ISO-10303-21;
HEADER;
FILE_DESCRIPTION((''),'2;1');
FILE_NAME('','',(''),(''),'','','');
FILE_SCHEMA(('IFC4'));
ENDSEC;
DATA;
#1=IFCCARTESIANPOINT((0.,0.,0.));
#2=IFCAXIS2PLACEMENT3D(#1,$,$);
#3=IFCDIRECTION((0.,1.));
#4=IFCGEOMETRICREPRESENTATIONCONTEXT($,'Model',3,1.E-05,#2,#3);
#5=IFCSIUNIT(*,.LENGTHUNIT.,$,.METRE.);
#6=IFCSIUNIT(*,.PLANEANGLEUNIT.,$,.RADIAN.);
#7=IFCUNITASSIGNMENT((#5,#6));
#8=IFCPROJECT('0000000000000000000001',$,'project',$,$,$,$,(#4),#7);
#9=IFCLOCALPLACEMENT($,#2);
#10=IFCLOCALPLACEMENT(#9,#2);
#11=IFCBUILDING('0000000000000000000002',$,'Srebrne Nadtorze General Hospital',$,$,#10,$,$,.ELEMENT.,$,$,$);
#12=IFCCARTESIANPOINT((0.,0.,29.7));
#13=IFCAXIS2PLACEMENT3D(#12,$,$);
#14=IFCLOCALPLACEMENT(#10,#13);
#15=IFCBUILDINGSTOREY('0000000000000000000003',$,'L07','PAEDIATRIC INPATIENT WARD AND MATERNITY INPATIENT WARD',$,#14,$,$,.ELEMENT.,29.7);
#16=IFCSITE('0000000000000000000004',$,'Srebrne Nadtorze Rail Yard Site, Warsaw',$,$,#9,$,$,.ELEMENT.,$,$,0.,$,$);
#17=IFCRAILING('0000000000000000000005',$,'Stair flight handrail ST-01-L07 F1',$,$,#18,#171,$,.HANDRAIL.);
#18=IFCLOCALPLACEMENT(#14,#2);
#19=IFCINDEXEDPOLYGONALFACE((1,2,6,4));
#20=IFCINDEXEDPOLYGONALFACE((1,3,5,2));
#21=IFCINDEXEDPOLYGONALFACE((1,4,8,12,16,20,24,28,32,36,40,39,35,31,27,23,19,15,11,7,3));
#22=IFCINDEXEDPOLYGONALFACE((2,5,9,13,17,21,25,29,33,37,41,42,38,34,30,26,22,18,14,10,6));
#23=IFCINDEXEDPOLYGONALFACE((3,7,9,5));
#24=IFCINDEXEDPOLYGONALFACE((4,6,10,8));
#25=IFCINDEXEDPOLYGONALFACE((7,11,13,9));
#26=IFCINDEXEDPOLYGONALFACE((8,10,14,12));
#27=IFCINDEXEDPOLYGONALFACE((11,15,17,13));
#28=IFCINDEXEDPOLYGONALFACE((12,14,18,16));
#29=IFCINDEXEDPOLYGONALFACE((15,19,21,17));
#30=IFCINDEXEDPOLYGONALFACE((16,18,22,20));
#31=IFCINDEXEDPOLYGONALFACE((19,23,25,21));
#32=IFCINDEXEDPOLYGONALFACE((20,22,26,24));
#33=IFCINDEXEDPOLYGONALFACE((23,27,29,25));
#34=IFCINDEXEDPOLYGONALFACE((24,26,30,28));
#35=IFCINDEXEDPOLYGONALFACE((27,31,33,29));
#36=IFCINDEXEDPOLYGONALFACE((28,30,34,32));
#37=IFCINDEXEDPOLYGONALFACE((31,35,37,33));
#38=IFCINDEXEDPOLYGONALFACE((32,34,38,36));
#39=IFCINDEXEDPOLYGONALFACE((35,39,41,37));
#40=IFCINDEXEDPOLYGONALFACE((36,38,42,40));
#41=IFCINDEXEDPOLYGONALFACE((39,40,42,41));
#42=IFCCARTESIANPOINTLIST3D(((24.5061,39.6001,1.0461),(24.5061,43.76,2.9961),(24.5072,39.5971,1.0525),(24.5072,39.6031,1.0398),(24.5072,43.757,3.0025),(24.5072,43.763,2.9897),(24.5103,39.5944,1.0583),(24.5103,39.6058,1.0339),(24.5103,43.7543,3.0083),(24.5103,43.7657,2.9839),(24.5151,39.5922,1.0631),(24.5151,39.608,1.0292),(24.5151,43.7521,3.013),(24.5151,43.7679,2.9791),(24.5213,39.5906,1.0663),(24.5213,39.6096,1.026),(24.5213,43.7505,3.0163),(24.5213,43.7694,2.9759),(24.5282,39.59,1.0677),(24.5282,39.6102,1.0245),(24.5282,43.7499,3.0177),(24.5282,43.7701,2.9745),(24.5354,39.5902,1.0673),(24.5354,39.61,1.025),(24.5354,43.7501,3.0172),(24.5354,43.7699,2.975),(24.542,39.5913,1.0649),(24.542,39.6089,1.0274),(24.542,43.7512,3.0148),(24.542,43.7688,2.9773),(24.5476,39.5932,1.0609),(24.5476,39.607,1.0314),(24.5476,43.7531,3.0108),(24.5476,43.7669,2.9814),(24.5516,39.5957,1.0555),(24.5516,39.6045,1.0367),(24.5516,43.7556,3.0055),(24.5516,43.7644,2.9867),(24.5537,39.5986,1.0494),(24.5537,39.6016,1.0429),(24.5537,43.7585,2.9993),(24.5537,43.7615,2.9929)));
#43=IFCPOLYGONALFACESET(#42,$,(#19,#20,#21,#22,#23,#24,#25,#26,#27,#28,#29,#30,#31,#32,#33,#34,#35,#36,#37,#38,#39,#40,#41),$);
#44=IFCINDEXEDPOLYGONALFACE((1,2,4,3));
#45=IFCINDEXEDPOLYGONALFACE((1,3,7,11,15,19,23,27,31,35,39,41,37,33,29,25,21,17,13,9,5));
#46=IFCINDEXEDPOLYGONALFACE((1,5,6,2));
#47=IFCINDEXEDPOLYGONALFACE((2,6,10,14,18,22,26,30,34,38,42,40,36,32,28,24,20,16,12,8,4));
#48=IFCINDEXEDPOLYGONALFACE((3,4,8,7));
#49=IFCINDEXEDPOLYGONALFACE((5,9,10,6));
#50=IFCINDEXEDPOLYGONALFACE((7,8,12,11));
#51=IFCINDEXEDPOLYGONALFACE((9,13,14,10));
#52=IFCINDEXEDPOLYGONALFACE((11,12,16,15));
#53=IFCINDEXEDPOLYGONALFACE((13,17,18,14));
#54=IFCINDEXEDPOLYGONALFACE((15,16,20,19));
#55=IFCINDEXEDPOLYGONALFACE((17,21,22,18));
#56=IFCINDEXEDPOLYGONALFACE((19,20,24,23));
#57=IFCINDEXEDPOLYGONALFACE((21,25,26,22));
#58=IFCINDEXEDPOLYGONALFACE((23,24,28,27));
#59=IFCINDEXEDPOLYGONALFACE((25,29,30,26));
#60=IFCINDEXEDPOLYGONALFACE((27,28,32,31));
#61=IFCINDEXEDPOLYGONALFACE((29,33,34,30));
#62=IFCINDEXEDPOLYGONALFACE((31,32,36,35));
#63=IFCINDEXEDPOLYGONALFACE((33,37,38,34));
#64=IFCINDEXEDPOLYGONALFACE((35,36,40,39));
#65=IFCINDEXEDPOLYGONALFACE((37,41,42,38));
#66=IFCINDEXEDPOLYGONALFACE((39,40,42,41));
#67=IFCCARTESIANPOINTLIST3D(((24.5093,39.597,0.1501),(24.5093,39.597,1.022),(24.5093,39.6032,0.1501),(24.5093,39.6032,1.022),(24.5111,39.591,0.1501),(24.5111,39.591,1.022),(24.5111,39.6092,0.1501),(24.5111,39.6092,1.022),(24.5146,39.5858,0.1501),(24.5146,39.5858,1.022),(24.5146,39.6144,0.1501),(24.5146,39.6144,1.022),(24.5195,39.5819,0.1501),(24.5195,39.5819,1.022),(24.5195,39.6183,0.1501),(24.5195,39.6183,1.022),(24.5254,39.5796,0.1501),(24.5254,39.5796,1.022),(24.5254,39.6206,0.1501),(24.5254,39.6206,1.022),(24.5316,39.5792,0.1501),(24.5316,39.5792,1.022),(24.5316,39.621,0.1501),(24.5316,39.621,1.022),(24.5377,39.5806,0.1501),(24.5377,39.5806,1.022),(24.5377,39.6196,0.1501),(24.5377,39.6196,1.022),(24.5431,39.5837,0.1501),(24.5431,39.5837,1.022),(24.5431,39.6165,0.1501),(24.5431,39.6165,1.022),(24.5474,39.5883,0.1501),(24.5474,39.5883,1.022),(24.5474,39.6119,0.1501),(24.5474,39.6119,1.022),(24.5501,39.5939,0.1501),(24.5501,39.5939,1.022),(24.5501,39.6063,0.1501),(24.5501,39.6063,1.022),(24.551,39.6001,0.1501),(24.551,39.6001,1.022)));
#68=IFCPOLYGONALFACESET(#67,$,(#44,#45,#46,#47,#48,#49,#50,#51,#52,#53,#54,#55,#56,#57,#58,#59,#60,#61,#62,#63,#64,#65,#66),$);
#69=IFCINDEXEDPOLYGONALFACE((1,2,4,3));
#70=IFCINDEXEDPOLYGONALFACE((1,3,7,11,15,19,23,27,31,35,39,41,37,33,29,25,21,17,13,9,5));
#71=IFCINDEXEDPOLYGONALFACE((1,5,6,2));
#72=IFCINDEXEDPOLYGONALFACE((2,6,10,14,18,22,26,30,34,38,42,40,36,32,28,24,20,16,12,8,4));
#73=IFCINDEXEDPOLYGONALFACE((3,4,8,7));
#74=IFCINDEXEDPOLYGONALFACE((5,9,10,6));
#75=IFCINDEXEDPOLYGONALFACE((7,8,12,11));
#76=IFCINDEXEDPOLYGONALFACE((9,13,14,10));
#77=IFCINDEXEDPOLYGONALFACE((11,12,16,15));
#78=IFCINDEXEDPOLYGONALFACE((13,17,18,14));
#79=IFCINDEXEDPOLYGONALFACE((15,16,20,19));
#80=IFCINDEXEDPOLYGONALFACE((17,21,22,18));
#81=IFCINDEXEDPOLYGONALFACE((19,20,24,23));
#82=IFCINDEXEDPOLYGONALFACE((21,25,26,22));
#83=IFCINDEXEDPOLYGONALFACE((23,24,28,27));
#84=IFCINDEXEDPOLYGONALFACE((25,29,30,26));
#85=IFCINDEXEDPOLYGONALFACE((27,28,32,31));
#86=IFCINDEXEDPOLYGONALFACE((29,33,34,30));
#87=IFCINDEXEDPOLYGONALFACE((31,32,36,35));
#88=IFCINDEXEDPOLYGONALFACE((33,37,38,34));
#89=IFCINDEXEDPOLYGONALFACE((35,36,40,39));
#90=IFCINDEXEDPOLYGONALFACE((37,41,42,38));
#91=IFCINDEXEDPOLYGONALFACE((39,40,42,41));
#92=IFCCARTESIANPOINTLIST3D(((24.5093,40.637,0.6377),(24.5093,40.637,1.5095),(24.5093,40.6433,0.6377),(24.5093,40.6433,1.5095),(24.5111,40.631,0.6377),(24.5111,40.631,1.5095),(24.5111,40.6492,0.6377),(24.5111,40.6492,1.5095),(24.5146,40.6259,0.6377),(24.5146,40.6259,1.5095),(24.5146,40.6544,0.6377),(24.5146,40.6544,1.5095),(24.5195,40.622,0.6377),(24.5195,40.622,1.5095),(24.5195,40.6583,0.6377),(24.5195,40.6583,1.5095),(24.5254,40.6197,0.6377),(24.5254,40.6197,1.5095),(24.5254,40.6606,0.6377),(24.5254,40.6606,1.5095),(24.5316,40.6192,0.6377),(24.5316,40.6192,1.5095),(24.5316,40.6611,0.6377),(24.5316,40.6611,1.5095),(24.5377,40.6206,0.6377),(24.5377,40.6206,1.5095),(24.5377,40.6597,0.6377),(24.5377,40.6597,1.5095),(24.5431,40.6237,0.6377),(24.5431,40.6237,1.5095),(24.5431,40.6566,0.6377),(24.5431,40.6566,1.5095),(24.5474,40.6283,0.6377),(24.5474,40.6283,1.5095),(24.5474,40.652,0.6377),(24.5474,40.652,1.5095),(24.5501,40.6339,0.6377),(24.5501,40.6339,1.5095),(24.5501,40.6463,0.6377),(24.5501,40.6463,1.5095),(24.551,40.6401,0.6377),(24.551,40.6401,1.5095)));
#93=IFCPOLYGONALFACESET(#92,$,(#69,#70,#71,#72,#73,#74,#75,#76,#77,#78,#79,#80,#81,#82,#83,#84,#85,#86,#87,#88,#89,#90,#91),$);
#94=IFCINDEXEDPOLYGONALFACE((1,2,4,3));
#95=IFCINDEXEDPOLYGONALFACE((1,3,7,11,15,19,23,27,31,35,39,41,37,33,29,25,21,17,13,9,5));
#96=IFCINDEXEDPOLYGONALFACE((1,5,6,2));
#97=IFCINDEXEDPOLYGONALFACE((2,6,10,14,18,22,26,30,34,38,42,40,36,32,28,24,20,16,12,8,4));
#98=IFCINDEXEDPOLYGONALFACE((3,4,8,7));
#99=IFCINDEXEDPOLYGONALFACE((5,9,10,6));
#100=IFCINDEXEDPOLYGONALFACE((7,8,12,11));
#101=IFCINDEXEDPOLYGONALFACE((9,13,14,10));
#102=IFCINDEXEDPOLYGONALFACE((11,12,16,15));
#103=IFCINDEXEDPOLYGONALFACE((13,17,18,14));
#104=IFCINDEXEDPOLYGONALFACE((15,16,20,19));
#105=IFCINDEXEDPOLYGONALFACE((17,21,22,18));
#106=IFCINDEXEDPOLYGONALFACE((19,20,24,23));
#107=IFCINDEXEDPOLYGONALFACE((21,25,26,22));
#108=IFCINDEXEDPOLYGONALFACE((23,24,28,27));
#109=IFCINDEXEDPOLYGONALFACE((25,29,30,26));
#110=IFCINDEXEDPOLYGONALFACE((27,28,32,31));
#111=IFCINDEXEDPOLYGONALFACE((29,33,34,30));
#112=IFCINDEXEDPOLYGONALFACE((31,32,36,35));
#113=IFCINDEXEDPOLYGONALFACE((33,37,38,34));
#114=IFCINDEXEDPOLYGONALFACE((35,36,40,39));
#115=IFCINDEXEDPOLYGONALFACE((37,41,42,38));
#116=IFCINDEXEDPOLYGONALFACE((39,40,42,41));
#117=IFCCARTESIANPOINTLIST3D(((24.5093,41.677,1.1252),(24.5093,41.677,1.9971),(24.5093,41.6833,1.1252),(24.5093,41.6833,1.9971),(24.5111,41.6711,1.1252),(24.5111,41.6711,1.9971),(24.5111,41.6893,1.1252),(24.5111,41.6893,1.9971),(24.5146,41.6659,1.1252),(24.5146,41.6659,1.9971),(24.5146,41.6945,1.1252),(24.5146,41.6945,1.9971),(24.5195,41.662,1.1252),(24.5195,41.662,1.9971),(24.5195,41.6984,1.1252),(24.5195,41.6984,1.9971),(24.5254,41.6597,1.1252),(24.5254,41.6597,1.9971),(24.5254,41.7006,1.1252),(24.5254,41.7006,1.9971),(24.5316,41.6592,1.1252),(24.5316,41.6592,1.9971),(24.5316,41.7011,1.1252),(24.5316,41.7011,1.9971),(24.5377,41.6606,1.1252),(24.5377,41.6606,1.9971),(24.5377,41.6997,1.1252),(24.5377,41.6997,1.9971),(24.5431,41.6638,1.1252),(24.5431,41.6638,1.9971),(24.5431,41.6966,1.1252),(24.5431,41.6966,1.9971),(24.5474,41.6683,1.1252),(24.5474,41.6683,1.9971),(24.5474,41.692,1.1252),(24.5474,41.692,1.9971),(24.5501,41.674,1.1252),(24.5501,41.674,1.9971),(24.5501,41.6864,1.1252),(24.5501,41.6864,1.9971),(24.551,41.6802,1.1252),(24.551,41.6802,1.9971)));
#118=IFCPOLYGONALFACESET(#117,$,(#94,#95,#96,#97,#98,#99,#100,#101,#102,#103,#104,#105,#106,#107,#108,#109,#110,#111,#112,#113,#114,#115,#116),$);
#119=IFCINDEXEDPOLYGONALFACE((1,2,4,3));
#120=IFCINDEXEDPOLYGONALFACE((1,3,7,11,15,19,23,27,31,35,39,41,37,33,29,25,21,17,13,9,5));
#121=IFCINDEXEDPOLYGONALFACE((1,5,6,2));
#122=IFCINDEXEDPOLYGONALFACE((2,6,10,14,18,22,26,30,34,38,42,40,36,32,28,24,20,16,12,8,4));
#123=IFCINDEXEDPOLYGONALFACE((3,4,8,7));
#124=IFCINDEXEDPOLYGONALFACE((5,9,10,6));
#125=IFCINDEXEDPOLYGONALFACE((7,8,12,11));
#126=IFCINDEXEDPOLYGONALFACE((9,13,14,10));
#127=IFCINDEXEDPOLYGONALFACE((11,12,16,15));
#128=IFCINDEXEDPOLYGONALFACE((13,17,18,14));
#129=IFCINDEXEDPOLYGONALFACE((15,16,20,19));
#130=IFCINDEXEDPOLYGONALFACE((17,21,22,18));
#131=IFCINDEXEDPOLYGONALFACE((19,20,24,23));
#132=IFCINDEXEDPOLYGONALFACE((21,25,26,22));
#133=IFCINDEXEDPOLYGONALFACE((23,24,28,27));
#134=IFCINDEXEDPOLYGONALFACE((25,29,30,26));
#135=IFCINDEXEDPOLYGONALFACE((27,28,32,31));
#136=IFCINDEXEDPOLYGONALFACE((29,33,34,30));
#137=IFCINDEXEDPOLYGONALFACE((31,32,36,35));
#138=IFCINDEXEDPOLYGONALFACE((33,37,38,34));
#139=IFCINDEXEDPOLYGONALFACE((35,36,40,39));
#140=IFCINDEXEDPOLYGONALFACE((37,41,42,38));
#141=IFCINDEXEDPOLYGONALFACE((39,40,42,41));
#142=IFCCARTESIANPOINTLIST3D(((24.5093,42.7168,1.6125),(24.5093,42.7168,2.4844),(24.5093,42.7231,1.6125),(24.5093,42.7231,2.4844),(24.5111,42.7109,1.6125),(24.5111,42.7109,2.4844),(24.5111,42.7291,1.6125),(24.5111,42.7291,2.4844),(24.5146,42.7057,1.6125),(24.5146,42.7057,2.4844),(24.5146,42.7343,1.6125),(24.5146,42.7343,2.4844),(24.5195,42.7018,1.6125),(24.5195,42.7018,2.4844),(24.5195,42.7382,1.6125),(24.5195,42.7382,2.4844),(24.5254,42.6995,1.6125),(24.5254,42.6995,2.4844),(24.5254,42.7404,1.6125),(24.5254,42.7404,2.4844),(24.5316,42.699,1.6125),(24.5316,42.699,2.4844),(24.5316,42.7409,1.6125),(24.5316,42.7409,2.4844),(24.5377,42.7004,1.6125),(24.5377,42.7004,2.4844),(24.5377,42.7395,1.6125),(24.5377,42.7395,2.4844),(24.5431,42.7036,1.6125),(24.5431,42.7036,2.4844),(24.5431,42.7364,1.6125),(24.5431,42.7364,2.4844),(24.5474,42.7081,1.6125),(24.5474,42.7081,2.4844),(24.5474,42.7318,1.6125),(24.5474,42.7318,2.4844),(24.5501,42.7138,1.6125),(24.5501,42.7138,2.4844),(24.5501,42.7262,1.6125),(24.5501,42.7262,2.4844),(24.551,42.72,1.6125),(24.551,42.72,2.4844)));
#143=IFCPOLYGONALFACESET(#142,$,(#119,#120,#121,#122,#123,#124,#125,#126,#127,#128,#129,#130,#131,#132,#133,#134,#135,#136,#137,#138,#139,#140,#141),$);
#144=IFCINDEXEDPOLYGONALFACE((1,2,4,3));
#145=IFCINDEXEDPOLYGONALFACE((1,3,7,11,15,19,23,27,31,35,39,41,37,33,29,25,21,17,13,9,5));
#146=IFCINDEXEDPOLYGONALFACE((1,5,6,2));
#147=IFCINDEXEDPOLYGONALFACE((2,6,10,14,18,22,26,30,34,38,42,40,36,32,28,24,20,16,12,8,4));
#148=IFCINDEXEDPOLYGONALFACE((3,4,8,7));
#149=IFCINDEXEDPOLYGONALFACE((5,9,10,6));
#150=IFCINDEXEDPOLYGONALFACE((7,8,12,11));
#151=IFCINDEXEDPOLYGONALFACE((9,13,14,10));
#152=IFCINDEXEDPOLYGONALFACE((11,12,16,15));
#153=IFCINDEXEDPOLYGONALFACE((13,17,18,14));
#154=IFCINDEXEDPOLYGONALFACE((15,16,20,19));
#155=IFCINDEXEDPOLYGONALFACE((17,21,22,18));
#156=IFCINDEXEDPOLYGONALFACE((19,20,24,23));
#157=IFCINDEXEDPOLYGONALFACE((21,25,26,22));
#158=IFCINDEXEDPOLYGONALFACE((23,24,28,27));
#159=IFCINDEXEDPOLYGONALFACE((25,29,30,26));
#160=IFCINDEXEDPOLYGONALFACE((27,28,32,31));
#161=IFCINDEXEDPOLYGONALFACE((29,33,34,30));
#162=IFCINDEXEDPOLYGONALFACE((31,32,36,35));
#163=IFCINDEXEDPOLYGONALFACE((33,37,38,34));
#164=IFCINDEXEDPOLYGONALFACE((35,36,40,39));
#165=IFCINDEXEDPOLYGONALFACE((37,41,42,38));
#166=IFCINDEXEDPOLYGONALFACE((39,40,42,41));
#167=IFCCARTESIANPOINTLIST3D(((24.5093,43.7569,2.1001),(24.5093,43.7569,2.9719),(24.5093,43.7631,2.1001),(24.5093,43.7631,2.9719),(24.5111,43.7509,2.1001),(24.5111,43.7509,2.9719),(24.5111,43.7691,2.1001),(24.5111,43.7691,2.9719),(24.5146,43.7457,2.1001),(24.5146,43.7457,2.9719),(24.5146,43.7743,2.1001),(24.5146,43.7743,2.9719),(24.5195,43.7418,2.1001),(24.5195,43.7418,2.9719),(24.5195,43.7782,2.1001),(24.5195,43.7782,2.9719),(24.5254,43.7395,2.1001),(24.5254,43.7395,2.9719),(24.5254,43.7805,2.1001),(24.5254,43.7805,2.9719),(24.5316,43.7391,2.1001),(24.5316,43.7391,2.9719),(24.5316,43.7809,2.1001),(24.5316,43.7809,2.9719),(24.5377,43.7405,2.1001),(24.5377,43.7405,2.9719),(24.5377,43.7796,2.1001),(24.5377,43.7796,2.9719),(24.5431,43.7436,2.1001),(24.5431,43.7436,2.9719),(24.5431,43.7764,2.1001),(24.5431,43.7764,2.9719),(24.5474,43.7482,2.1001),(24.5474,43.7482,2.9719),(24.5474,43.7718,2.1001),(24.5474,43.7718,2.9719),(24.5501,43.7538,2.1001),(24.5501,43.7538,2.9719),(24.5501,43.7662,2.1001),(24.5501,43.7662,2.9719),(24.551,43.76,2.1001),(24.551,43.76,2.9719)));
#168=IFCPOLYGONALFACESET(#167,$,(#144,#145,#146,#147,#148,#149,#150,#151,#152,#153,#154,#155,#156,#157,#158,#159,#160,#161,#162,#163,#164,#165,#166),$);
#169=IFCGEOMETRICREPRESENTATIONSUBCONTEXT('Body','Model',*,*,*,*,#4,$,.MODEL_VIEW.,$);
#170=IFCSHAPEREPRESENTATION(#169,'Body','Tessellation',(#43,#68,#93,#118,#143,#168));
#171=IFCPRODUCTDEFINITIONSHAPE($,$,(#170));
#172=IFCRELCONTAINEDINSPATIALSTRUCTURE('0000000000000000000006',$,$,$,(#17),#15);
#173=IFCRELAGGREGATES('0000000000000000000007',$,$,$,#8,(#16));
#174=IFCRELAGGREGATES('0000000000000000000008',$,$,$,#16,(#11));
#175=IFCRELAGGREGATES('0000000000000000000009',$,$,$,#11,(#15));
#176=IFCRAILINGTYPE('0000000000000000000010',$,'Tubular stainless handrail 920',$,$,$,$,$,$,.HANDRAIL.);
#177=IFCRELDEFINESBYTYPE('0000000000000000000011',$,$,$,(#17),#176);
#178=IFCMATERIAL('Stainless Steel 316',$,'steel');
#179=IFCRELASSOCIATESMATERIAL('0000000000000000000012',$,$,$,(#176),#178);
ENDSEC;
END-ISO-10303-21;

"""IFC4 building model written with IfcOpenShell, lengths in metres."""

from ifc_helpers import new_model, si_unit, direction, frame, origin, origin_2d, place, context, subcontext, project, spatial, circle, extrude, material, type_object, element, save


model = new_model("IFC4")

# Units and contexts
model_context = context("Model", 3, precision=1e-05, world=origin(), true_north=direction((0.0, 1.0)))
body_context = subcontext(model_context, "Body", "Model", "MODEL_VIEW")
ifc_project = project(units=[si_unit("LENGTHUNIT", "METRE"), si_unit("PLANEANGLEUNIT", "RADIAN")], contexts=[model_context])

# Site, building, storey
site_placement = place(None, origin())
site = spatial("IfcSite", under=ifc_project, at=site_placement, Name="Srebrne Nadtorze Rail Yard Site, Warsaw", CompositionType="ELEMENT", RefElevation=0.0)
building_placement = place(site_placement, origin())
building = spatial("IfcBuilding", under=site, at=building_placement, Name="Srebrne Nadtorze General Hospital", CompositionType="ELEMENT")
storey_placement = place(building_placement, frame((0.0, 0.0, 29.7)))
storey = spatial("IfcBuildingStorey", under=building, at=storey_placement, Name="L07", Description="PAEDIATRIC INPATIENT WARD AND MATERNITY INPATIENT WARD", CompositionType="ELEMENT", Elevation=29.7)

# Railing
ifc_material_1 = material(Name="Stainless Steel 316", Category="steel")
railing_type = type_object("IfcRailingType", Name="Tubular stainless handrail 920", PredefinedType="HANDRAIL", material=ifc_material_1)
railing_placement = place(storey_placement, frame((24.53, 39.6001, 0.1501)))
element("IfcRailing", 1, at=railing_placement, inside=storey, type_object=railing_type, Name="Stair flight handrail ST-01-L07 F1", PredefinedType="HANDRAIL", context=body_context, shape_type="SweptSolid", body=[
    extrude(circle(Radius=0.0239, at=origin_2d()), frame((0.0, 0.0, 0.896), z_axis=(0.0, 0.90546, 0.424433), x_axis=(-1.0, 0.0, 0.0)), (0.0, 0.0, 1.0), 4.5942),
    extrude(circle(Radius=0.021, at=origin_2d()), origin(), (0.0, 0.0, 1.0), 0.8718),
    extrude(circle(Radius=0.021, at=origin_2d()), frame((0.0, 1.04, 0.4875)), (0.0, 0.0, 1.0), 0.8718),
    extrude(circle(Radius=0.021, at=origin_2d()), frame((0.0, 2.0801, 0.9751)), (0.0, 0.0, 1.0), 0.8718),
    extrude(circle(Radius=0.021, at=origin_2d()), frame((0.0, 3.1199, 1.4624)), (0.0, 0.0, 1.0), 0.8718),
    extrude(circle(Radius=0.021, at=origin_2d()), frame((0.0, 4.1599, 1.95)), (0.0, 0.0, 1.0), 0.8718),
])

save(model, "model.ifc")
